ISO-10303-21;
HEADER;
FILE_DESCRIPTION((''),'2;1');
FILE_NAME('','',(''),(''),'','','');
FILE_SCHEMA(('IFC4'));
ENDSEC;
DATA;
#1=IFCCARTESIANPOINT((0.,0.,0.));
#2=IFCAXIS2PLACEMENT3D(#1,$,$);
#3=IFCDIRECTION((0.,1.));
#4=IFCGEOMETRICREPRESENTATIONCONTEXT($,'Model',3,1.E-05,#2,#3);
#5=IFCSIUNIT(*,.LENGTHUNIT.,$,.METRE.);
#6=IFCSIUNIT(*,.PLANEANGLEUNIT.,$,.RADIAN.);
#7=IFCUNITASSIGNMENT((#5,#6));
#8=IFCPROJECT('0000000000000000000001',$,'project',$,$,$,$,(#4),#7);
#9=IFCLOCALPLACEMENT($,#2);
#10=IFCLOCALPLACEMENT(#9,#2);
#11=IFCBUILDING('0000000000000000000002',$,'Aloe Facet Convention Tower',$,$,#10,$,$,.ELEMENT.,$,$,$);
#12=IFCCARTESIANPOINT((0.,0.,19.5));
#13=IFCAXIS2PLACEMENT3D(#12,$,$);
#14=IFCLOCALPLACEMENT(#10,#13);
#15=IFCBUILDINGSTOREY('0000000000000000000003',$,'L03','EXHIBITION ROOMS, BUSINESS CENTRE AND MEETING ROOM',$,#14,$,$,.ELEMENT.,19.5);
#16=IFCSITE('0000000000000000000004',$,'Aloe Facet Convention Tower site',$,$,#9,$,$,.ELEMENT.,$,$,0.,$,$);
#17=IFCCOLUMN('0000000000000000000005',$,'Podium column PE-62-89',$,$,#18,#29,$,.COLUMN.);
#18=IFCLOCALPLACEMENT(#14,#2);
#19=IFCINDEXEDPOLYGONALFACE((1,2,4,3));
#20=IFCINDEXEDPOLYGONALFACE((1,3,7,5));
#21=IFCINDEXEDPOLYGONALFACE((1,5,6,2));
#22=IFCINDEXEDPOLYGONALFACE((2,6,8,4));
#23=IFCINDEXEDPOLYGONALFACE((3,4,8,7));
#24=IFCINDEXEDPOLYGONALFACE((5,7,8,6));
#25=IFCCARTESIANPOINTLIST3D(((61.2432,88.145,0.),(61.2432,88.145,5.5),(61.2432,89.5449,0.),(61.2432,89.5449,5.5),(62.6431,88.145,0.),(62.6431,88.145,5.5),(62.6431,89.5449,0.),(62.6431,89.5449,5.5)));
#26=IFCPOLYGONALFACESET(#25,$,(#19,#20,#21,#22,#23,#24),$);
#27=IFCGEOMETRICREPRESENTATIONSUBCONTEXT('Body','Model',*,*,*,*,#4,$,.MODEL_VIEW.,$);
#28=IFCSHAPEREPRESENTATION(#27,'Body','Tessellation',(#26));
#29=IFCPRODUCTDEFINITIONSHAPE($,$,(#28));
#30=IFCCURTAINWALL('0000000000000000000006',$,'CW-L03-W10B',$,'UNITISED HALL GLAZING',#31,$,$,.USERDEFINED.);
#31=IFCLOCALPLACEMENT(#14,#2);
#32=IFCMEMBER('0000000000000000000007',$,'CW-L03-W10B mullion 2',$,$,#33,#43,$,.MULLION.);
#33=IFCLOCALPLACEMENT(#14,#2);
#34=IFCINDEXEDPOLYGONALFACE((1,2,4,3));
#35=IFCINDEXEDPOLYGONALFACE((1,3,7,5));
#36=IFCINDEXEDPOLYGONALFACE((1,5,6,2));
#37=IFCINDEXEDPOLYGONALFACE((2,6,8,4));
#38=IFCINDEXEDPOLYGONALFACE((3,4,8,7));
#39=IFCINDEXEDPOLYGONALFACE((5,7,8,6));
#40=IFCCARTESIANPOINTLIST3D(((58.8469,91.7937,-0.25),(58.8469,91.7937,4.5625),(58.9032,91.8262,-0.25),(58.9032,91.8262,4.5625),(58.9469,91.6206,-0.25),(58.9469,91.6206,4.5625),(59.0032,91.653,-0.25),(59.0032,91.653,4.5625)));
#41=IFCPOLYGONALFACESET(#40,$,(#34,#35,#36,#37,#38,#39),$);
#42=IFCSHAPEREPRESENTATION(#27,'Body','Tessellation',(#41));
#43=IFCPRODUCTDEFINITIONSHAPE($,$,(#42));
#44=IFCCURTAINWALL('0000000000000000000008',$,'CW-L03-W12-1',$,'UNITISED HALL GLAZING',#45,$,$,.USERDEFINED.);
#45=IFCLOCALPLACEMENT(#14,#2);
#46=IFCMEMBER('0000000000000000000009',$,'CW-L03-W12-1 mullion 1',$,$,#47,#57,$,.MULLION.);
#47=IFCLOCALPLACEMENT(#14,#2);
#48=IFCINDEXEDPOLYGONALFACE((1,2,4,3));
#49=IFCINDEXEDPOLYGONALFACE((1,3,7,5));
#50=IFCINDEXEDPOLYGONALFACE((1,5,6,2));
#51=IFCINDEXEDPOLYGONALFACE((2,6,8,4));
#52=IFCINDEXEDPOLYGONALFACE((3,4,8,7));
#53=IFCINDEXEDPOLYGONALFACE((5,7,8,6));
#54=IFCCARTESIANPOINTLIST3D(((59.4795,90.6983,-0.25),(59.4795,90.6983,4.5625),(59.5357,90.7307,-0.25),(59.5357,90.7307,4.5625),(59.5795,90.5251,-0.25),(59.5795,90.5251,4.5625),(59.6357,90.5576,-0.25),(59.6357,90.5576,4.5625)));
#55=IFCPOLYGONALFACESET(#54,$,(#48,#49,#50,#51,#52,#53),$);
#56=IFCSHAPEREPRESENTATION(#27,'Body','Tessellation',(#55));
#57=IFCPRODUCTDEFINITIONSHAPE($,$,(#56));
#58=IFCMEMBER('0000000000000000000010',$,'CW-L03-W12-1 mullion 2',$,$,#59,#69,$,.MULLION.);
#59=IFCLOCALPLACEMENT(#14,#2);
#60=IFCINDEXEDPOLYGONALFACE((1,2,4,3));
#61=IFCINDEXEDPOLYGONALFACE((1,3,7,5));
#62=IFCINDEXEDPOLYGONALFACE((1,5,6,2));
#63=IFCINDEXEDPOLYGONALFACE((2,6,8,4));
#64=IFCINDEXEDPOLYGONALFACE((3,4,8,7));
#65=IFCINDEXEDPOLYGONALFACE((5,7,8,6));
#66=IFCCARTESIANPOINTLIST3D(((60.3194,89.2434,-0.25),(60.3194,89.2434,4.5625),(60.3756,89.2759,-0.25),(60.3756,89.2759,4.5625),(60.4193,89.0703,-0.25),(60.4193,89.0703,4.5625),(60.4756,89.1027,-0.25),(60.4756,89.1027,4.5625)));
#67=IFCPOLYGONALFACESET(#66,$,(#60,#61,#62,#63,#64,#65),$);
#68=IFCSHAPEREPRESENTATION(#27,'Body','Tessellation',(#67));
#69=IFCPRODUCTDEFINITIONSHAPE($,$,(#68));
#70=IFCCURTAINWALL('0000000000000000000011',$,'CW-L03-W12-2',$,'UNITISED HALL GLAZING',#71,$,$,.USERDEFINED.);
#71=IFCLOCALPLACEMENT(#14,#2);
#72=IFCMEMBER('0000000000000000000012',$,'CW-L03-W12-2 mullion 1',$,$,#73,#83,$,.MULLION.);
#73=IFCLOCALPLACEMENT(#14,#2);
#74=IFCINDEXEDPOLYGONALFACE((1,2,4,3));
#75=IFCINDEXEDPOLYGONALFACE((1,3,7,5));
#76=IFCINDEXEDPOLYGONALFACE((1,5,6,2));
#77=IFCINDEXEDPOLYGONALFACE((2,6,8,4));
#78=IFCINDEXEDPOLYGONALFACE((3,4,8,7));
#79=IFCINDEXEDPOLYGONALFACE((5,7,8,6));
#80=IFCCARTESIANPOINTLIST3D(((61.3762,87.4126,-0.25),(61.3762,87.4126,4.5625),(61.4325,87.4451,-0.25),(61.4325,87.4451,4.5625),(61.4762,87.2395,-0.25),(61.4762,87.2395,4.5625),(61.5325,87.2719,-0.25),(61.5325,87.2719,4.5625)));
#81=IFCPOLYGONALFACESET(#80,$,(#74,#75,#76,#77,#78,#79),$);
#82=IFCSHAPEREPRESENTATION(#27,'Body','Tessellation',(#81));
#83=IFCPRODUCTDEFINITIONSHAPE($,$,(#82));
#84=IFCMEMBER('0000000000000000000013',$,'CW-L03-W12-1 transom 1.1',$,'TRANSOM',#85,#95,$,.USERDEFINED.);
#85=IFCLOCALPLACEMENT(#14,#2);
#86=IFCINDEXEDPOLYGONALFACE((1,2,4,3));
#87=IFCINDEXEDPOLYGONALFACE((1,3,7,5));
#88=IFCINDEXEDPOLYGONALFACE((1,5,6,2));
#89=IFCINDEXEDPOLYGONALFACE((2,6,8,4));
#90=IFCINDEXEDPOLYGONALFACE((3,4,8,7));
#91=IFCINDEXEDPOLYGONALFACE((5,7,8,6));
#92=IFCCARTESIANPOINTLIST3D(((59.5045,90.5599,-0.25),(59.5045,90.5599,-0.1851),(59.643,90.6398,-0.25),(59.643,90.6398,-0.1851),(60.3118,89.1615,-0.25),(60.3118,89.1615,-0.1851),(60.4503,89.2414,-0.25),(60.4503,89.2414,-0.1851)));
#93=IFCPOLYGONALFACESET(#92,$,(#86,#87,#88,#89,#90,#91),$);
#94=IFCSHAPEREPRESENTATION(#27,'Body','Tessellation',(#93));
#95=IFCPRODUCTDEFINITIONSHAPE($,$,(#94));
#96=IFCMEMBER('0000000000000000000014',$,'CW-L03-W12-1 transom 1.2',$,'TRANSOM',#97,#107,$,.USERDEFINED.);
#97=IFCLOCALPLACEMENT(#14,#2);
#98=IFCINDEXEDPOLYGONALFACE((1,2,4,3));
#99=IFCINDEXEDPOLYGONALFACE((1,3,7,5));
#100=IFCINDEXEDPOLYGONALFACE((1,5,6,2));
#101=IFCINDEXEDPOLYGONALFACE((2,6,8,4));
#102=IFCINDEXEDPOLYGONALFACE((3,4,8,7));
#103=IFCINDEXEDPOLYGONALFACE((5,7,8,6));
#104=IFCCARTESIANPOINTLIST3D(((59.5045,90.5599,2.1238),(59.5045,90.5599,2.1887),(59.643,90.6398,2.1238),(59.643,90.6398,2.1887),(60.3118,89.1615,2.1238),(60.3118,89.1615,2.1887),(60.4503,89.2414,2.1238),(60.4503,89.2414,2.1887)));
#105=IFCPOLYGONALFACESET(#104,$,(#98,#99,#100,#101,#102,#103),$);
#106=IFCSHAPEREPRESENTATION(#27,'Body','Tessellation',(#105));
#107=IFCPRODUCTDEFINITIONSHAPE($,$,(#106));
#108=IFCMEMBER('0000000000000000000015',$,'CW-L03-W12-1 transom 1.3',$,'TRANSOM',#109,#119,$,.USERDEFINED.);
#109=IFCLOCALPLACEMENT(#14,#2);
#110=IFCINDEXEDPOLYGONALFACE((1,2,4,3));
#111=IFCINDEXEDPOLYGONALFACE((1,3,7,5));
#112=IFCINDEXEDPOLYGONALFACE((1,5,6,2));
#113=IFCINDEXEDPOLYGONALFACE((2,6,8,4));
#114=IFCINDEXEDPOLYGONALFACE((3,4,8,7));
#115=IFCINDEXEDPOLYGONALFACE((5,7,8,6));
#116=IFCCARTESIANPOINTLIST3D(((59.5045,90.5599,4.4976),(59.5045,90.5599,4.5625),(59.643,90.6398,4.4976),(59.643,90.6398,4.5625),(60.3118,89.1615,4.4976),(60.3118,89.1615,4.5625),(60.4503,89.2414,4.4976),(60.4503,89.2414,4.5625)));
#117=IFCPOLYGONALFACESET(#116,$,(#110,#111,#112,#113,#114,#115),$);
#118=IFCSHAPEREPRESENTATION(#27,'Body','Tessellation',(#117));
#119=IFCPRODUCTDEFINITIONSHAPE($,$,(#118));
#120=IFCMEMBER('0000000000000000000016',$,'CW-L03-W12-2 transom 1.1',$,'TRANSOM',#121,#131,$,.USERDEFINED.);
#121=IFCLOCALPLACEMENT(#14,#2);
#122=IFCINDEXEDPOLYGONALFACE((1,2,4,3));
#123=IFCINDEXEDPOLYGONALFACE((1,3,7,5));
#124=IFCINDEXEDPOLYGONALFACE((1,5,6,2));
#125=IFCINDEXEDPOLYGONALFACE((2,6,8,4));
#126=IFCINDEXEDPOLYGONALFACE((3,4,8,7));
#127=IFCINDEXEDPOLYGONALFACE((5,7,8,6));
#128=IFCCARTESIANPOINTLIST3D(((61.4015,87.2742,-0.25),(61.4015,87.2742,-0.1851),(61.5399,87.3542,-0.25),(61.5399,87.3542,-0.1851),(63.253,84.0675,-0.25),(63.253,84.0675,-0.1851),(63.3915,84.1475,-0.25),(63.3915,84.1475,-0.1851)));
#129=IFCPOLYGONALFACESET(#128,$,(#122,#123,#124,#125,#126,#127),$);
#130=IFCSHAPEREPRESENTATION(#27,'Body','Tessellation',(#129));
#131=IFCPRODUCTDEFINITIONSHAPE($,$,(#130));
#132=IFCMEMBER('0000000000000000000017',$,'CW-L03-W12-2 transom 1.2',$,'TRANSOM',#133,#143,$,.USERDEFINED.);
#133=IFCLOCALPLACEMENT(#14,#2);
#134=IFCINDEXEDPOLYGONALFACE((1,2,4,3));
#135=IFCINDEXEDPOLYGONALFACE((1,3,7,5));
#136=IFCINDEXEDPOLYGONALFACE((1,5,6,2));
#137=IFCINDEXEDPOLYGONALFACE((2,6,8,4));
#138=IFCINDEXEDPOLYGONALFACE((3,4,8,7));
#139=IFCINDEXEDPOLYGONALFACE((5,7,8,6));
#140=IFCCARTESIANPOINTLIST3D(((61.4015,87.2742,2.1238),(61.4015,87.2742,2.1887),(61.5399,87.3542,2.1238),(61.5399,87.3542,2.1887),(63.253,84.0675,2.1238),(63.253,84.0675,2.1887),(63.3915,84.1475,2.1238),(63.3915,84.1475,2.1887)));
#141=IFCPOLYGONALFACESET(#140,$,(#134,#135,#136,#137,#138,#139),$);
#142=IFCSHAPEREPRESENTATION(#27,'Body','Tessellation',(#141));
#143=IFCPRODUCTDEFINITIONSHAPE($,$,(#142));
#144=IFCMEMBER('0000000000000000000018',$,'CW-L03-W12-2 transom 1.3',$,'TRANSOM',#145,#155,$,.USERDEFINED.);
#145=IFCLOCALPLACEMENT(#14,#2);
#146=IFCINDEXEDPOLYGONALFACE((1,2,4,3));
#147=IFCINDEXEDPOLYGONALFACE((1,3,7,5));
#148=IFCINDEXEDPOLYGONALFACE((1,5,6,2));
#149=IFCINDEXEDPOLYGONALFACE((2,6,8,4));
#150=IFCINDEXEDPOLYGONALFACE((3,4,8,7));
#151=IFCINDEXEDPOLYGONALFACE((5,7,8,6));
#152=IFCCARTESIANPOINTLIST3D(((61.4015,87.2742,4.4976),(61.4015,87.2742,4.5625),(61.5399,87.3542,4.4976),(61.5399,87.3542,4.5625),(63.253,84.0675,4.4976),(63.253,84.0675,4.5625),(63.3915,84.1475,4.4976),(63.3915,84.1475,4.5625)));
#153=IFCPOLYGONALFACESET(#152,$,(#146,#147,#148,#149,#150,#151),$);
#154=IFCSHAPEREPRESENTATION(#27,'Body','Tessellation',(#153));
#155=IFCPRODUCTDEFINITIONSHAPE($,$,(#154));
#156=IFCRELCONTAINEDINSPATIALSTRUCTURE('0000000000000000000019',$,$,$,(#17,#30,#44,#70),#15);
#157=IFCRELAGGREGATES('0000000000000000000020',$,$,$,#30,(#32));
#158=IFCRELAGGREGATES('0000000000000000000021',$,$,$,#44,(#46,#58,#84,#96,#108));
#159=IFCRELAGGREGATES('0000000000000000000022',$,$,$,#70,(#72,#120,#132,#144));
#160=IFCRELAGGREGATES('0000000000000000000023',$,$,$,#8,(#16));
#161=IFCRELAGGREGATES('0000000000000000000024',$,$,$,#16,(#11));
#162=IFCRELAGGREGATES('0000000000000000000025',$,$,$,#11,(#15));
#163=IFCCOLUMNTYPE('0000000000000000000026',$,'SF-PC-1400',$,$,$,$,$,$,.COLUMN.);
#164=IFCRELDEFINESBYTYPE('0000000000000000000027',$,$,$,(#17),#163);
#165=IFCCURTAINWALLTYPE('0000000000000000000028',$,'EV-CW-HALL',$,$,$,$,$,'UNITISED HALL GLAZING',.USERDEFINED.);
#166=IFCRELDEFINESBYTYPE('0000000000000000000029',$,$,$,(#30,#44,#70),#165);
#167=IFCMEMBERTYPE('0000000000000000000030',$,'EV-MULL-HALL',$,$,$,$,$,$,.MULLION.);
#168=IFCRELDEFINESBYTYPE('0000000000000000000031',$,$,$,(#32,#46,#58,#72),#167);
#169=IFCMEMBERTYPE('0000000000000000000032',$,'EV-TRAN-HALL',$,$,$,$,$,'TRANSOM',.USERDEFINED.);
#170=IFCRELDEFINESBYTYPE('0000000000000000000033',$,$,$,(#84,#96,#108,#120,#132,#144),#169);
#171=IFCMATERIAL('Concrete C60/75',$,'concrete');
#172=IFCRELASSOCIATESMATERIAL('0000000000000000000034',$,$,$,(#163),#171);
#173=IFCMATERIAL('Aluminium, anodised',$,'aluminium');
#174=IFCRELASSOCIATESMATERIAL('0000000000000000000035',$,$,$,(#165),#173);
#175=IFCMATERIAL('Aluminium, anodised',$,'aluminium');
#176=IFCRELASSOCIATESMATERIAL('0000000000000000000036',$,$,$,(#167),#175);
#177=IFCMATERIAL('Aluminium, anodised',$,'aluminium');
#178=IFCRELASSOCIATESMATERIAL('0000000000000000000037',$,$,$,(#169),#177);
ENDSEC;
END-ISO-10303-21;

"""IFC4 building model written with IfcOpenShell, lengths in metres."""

from ifc_helpers import new_model, si_unit, direction, frame, origin, origin_2d, place, context, subcontext, project, spatial, rectangle, extrude, material, material_profile, profile_set, type_object, element, aggregate, save


model = new_model("IFC4")

# Units and contexts
model_context = context("Model", 3, precision=1e-05, world=origin(), true_north=direction((0.0, 1.0)))
body_context = subcontext(model_context, "Body", "Model", "MODEL_VIEW")
ifc_project = project(units=[si_unit("LENGTHUNIT", "METRE"), si_unit("PLANEANGLEUNIT", "RADIAN")], contexts=[model_context])

# Site, building, storey
site_placement = place(None, origin())
site = spatial("IfcSite", under=ifc_project, at=site_placement, Name="Aloe Facet Convention Tower site", CompositionType="ELEMENT", RefElevation=0.0)
building_placement = place(site_placement, origin())
building = spatial("IfcBuilding", under=site, at=building_placement, Name="Aloe Facet Convention Tower", CompositionType="ELEMENT")
storey_placement = place(building_placement, frame((0.0, 0.0, 19.5)))
storey = spatial("IfcBuildingStorey", under=building, at=storey_placement, Name="L03", Description="EXHIBITION ROOMS, BUSINESS CENTRE AND MEETING ROOM", CompositionType="ELEMENT", Elevation=19.5)

# Column
ifc_material_1 = material(Name="Concrete C60/75", Category="concrete")
ifc_material_profile_1 = material_profile(ifc_material_1, rectangle(XDim=1.3999, YDim=1.3999, at=origin_2d()), Name="SF-PC-1400")
ifc_profile_set_1 = profile_set([ifc_material_profile_1], Name="Concrete C60/75")
column_type = type_object("IfcColumnType", Name="SF-PC-1400", PredefinedType="COLUMN", material=ifc_profile_set_1)
column_placement = place(storey_placement, frame((61.9431, 88.845, 0.0), z_axis=(0.0, 0.0, 1.0), x_axis=(1.0, 0.0, 0.0)))
element("IfcColumn", 1, at=column_placement, inside=storey, type_object=column_type, Name="Podium column PE-62-89", PredefinedType="COLUMN", context=body_context, shape_type="SweptSolid", body=[
    extrude(rectangle(XDim=1.3999, YDim=1.3999, at=origin_2d()), origin(), (0.0, 0.0, 1.0), 5.5),
])

# Curtain wall, member
ifc_material_2 = material(Name="Aluminium, anodised", Category="aluminium")
curtain_wall_type = type_object("IfcCurtainWallType", Name="EV-CW-HALL", ElementType="UNITISED HALL GLAZING", PredefinedType="USERDEFINED", material=ifc_material_2)
curtain_wall_1_placement = place(storey_placement, origin())
curtain_wall_1 = element("IfcCurtainWall", 2, at=curtain_wall_1_placement, inside=storey, type_object=curtain_wall_type, Name="CW-L03-W10B", ObjectType="UNITISED HALL GLAZING", PredefinedType="USERDEFINED")
ifc_material_3 = material(Name="Aluminium, anodised", Category="aluminium")
ifc_material_profile_2 = material_profile(ifc_material_3, rectangle(XDim=0.0649, YDim=0.2, at=origin_2d()), Name="AL 65x200")
ifc_profile_set_2 = profile_set([ifc_material_profile_2], Name="Aluminium, anodised")
member_type_1 = type_object("IfcMemberType", Name="EV-MULL-HALL", PredefinedType="MULLION", material=ifc_profile_set_2)
member_1_placement = place(storey_placement, frame((58.925, 91.7234, -0.25), z_axis=(0.0, 0.0, 1.0), x_axis=(0.866025, 0.5, 0.0)))
member_1 = element("IfcMember", 3, at=member_1_placement, type_object=member_type_1, Name="CW-L03-W10B mullion 2", PredefinedType="MULLION", context=body_context, shape_type="SweptSolid", body=[
    extrude(rectangle(XDim=0.0649, YDim=0.2, at=origin_2d()), origin(), (0.0, 0.0, 1.0), 4.8125),
])
aggregate(curtain_wall_1, [member_1])

# Curtain wall, members
curtain_wall_2_placement = place(storey_placement, origin())
curtain_wall_2 = element("IfcCurtainWall", 4, at=curtain_wall_2_placement, inside=storey, type_object=curtain_wall_type, Name="CW-L03-W12-1", ObjectType="UNITISED HALL GLAZING", PredefinedType="USERDEFINED")
member_2_placement = place(storey_placement, frame((59.5576, 90.6279, -0.25), z_axis=(0.0, 0.0, 1.0), x_axis=(0.866025, 0.5, 0.0)))
member_2 = element("IfcMember", 5, at=member_2_placement, type_object=member_type_1, Name="CW-L03-W12-1 mullion 1", PredefinedType="MULLION", context=body_context, shape_type="SweptSolid", body=[
    extrude(rectangle(XDim=0.0649, YDim=0.2, at=origin_2d()), origin(), (0.0, 0.0, 1.0), 4.8125),
])
member_3_placement = place(storey_placement, frame((60.3975, 89.1731, -0.25), z_axis=(0.0, 0.0, 1.0), x_axis=(0.866025, 0.5, 0.0)))
member_3 = element("IfcMember", 6, at=member_3_placement, type_object=member_type_1, Name="CW-L03-W12-1 mullion 2", PredefinedType="MULLION", context=body_context, shape_type="SweptSolid", body=[
    extrude(rectangle(XDim=0.0649, YDim=0.2, at=origin_2d()), origin(), (0.0, 0.0, 1.0), 4.8125),
])

# Curtain wall, member
curtain_wall_3_placement = place(storey_placement, origin())
curtain_wall_3 = element("IfcCurtainWall", 7, at=curtain_wall_3_placement, inside=storey, type_object=curtain_wall_type, Name="CW-L03-W12-2", ObjectType="UNITISED HALL GLAZING", PredefinedType="USERDEFINED")
member_4_placement = place(storey_placement, frame((61.4543, 87.3423, -0.25), z_axis=(0.0, 0.0, 1.0), x_axis=(0.866025, 0.5, 0.0)))
member_4 = element("IfcMember", 8, at=member_4_placement, type_object=member_type_1, Name="CW-L03-W12-2 mullion 1", PredefinedType="MULLION", context=body_context, shape_type="SweptSolid", body=[
    extrude(rectangle(XDim=0.0649, YDim=0.2, at=origin_2d()), origin(), (0.0, 0.0, 1.0), 4.8125),
])

# Members
ifc_material_4 = material(Name="Aluminium, anodised", Category="aluminium")
ifc_material_profile_3 = material_profile(ifc_material_4, rectangle(XDim=0.1599, YDim=0.0649, at=origin_2d()), Name="AL 160x65")
ifc_profile_set_3 = profile_set([ifc_material_profile_3], Name="Aluminium, anodised")
member_type_2 = type_object("IfcMemberType", Name="EV-TRAN-HALL", ElementType="TRANSOM", PredefinedType="USERDEFINED", material=ifc_profile_set_3)
member_5_placement = place(storey_placement, frame((59.5737, 90.5999, -0.2175), z_axis=(0.499993, -0.866029, 0.0), x_axis=(0.866029, 0.499993, 0.0)))
member_5 = element("IfcMember", 9, at=member_5_placement, type_object=member_type_2, Name="CW-L03-W12-1 transom 1.1", ObjectType="TRANSOM", PredefinedType="USERDEFINED", context=body_context, shape_type="SweptSolid", body=[
    extrude(rectangle(XDim=0.1599, YDim=0.0649, at=origin_2d()), origin(), (0.0, 0.0, 1.0), 1.6147),
])
member_6_placement = place(storey_placement, frame((59.5737, 90.5999, 2.1562), z_axis=(0.499993, -0.866029, 0.0), x_axis=(0.866029, 0.499993, 0.0)))
member_6 = element("IfcMember", 10, at=member_6_placement, type_object=member_type_2, Name="CW-L03-W12-1 transom 1.2", ObjectType="TRANSOM", PredefinedType="USERDEFINED", context=body_context, shape_type="SweptSolid", body=[
    extrude(rectangle(XDim=0.1599, YDim=0.0649, at=origin_2d()), origin(), (0.0, 0.0, 1.0), 1.6147),
])
member_7_placement = place(storey_placement, frame((59.5737, 90.5999, 4.53), z_axis=(0.499993, -0.866029, 0.0), x_axis=(0.866029, 0.499993, 0.0)))
member_7 = element("IfcMember", 11, at=member_7_placement, type_object=member_type_2, Name="CW-L03-W12-1 transom 1.3", ObjectType="TRANSOM", PredefinedType="USERDEFINED", context=body_context, shape_type="SweptSolid", body=[
    extrude(rectangle(XDim=0.1599, YDim=0.0649, at=origin_2d()), origin(), (0.0, 0.0, 1.0), 1.6147),
])
member_8_placement = place(storey_placement, frame((61.4707, 87.3142, -0.2175), z_axis=(0.500025, -0.866011, 0.0), x_axis=(0.866011, 0.500025, 0.0)))
member_8 = element("IfcMember", 12, at=member_8_placement, type_object=member_type_2, Name="CW-L03-W12-2 transom 1.1", ObjectType="TRANSOM", PredefinedType="USERDEFINED", context=body_context, shape_type="SweptSolid", body=[
    extrude(rectangle(XDim=0.1599, YDim=0.0649, at=origin_2d()), origin(), (0.0, 0.0, 1.0), 3.7029),
])
member_9_placement = place(storey_placement, frame((61.4707, 87.3142, 2.1562), z_axis=(0.500025, -0.866011, 0.0), x_axis=(0.866011, 0.500025, 0.0)))
member_9 = element("IfcMember", 13, at=member_9_placement, type_object=member_type_2, Name="CW-L03-W12-2 transom 1.2", ObjectType="TRANSOM", PredefinedType="USERDEFINED", context=body_context, shape_type="SweptSolid", body=[
    extrude(rectangle(XDim=0.1599, YDim=0.0649, at=origin_2d()), origin(), (0.0, 0.0, 1.0), 3.7029),
])
member_10_placement = place(storey_placement, frame((61.4707, 87.3142, 4.53), z_axis=(0.500025, -0.866011, 0.0), x_axis=(0.866011, 0.500025, 0.0)))
member_10 = element("IfcMember", 14, at=member_10_placement, type_object=member_type_2, Name="CW-L03-W12-2 transom 1.3", ObjectType="TRANSOM", PredefinedType="USERDEFINED", context=body_context, shape_type="SweptSolid", body=[
    extrude(rectangle(XDim=0.1599, YDim=0.0649, at=origin_2d()), origin(), (0.0, 0.0, 1.0), 3.7029),
])

aggregate(curtain_wall_2, [member_2, member_3, member_5, member_6, member_7])
aggregate(curtain_wall_3, [member_4, member_8, member_9, member_10])

save(model, "model.ifc")
